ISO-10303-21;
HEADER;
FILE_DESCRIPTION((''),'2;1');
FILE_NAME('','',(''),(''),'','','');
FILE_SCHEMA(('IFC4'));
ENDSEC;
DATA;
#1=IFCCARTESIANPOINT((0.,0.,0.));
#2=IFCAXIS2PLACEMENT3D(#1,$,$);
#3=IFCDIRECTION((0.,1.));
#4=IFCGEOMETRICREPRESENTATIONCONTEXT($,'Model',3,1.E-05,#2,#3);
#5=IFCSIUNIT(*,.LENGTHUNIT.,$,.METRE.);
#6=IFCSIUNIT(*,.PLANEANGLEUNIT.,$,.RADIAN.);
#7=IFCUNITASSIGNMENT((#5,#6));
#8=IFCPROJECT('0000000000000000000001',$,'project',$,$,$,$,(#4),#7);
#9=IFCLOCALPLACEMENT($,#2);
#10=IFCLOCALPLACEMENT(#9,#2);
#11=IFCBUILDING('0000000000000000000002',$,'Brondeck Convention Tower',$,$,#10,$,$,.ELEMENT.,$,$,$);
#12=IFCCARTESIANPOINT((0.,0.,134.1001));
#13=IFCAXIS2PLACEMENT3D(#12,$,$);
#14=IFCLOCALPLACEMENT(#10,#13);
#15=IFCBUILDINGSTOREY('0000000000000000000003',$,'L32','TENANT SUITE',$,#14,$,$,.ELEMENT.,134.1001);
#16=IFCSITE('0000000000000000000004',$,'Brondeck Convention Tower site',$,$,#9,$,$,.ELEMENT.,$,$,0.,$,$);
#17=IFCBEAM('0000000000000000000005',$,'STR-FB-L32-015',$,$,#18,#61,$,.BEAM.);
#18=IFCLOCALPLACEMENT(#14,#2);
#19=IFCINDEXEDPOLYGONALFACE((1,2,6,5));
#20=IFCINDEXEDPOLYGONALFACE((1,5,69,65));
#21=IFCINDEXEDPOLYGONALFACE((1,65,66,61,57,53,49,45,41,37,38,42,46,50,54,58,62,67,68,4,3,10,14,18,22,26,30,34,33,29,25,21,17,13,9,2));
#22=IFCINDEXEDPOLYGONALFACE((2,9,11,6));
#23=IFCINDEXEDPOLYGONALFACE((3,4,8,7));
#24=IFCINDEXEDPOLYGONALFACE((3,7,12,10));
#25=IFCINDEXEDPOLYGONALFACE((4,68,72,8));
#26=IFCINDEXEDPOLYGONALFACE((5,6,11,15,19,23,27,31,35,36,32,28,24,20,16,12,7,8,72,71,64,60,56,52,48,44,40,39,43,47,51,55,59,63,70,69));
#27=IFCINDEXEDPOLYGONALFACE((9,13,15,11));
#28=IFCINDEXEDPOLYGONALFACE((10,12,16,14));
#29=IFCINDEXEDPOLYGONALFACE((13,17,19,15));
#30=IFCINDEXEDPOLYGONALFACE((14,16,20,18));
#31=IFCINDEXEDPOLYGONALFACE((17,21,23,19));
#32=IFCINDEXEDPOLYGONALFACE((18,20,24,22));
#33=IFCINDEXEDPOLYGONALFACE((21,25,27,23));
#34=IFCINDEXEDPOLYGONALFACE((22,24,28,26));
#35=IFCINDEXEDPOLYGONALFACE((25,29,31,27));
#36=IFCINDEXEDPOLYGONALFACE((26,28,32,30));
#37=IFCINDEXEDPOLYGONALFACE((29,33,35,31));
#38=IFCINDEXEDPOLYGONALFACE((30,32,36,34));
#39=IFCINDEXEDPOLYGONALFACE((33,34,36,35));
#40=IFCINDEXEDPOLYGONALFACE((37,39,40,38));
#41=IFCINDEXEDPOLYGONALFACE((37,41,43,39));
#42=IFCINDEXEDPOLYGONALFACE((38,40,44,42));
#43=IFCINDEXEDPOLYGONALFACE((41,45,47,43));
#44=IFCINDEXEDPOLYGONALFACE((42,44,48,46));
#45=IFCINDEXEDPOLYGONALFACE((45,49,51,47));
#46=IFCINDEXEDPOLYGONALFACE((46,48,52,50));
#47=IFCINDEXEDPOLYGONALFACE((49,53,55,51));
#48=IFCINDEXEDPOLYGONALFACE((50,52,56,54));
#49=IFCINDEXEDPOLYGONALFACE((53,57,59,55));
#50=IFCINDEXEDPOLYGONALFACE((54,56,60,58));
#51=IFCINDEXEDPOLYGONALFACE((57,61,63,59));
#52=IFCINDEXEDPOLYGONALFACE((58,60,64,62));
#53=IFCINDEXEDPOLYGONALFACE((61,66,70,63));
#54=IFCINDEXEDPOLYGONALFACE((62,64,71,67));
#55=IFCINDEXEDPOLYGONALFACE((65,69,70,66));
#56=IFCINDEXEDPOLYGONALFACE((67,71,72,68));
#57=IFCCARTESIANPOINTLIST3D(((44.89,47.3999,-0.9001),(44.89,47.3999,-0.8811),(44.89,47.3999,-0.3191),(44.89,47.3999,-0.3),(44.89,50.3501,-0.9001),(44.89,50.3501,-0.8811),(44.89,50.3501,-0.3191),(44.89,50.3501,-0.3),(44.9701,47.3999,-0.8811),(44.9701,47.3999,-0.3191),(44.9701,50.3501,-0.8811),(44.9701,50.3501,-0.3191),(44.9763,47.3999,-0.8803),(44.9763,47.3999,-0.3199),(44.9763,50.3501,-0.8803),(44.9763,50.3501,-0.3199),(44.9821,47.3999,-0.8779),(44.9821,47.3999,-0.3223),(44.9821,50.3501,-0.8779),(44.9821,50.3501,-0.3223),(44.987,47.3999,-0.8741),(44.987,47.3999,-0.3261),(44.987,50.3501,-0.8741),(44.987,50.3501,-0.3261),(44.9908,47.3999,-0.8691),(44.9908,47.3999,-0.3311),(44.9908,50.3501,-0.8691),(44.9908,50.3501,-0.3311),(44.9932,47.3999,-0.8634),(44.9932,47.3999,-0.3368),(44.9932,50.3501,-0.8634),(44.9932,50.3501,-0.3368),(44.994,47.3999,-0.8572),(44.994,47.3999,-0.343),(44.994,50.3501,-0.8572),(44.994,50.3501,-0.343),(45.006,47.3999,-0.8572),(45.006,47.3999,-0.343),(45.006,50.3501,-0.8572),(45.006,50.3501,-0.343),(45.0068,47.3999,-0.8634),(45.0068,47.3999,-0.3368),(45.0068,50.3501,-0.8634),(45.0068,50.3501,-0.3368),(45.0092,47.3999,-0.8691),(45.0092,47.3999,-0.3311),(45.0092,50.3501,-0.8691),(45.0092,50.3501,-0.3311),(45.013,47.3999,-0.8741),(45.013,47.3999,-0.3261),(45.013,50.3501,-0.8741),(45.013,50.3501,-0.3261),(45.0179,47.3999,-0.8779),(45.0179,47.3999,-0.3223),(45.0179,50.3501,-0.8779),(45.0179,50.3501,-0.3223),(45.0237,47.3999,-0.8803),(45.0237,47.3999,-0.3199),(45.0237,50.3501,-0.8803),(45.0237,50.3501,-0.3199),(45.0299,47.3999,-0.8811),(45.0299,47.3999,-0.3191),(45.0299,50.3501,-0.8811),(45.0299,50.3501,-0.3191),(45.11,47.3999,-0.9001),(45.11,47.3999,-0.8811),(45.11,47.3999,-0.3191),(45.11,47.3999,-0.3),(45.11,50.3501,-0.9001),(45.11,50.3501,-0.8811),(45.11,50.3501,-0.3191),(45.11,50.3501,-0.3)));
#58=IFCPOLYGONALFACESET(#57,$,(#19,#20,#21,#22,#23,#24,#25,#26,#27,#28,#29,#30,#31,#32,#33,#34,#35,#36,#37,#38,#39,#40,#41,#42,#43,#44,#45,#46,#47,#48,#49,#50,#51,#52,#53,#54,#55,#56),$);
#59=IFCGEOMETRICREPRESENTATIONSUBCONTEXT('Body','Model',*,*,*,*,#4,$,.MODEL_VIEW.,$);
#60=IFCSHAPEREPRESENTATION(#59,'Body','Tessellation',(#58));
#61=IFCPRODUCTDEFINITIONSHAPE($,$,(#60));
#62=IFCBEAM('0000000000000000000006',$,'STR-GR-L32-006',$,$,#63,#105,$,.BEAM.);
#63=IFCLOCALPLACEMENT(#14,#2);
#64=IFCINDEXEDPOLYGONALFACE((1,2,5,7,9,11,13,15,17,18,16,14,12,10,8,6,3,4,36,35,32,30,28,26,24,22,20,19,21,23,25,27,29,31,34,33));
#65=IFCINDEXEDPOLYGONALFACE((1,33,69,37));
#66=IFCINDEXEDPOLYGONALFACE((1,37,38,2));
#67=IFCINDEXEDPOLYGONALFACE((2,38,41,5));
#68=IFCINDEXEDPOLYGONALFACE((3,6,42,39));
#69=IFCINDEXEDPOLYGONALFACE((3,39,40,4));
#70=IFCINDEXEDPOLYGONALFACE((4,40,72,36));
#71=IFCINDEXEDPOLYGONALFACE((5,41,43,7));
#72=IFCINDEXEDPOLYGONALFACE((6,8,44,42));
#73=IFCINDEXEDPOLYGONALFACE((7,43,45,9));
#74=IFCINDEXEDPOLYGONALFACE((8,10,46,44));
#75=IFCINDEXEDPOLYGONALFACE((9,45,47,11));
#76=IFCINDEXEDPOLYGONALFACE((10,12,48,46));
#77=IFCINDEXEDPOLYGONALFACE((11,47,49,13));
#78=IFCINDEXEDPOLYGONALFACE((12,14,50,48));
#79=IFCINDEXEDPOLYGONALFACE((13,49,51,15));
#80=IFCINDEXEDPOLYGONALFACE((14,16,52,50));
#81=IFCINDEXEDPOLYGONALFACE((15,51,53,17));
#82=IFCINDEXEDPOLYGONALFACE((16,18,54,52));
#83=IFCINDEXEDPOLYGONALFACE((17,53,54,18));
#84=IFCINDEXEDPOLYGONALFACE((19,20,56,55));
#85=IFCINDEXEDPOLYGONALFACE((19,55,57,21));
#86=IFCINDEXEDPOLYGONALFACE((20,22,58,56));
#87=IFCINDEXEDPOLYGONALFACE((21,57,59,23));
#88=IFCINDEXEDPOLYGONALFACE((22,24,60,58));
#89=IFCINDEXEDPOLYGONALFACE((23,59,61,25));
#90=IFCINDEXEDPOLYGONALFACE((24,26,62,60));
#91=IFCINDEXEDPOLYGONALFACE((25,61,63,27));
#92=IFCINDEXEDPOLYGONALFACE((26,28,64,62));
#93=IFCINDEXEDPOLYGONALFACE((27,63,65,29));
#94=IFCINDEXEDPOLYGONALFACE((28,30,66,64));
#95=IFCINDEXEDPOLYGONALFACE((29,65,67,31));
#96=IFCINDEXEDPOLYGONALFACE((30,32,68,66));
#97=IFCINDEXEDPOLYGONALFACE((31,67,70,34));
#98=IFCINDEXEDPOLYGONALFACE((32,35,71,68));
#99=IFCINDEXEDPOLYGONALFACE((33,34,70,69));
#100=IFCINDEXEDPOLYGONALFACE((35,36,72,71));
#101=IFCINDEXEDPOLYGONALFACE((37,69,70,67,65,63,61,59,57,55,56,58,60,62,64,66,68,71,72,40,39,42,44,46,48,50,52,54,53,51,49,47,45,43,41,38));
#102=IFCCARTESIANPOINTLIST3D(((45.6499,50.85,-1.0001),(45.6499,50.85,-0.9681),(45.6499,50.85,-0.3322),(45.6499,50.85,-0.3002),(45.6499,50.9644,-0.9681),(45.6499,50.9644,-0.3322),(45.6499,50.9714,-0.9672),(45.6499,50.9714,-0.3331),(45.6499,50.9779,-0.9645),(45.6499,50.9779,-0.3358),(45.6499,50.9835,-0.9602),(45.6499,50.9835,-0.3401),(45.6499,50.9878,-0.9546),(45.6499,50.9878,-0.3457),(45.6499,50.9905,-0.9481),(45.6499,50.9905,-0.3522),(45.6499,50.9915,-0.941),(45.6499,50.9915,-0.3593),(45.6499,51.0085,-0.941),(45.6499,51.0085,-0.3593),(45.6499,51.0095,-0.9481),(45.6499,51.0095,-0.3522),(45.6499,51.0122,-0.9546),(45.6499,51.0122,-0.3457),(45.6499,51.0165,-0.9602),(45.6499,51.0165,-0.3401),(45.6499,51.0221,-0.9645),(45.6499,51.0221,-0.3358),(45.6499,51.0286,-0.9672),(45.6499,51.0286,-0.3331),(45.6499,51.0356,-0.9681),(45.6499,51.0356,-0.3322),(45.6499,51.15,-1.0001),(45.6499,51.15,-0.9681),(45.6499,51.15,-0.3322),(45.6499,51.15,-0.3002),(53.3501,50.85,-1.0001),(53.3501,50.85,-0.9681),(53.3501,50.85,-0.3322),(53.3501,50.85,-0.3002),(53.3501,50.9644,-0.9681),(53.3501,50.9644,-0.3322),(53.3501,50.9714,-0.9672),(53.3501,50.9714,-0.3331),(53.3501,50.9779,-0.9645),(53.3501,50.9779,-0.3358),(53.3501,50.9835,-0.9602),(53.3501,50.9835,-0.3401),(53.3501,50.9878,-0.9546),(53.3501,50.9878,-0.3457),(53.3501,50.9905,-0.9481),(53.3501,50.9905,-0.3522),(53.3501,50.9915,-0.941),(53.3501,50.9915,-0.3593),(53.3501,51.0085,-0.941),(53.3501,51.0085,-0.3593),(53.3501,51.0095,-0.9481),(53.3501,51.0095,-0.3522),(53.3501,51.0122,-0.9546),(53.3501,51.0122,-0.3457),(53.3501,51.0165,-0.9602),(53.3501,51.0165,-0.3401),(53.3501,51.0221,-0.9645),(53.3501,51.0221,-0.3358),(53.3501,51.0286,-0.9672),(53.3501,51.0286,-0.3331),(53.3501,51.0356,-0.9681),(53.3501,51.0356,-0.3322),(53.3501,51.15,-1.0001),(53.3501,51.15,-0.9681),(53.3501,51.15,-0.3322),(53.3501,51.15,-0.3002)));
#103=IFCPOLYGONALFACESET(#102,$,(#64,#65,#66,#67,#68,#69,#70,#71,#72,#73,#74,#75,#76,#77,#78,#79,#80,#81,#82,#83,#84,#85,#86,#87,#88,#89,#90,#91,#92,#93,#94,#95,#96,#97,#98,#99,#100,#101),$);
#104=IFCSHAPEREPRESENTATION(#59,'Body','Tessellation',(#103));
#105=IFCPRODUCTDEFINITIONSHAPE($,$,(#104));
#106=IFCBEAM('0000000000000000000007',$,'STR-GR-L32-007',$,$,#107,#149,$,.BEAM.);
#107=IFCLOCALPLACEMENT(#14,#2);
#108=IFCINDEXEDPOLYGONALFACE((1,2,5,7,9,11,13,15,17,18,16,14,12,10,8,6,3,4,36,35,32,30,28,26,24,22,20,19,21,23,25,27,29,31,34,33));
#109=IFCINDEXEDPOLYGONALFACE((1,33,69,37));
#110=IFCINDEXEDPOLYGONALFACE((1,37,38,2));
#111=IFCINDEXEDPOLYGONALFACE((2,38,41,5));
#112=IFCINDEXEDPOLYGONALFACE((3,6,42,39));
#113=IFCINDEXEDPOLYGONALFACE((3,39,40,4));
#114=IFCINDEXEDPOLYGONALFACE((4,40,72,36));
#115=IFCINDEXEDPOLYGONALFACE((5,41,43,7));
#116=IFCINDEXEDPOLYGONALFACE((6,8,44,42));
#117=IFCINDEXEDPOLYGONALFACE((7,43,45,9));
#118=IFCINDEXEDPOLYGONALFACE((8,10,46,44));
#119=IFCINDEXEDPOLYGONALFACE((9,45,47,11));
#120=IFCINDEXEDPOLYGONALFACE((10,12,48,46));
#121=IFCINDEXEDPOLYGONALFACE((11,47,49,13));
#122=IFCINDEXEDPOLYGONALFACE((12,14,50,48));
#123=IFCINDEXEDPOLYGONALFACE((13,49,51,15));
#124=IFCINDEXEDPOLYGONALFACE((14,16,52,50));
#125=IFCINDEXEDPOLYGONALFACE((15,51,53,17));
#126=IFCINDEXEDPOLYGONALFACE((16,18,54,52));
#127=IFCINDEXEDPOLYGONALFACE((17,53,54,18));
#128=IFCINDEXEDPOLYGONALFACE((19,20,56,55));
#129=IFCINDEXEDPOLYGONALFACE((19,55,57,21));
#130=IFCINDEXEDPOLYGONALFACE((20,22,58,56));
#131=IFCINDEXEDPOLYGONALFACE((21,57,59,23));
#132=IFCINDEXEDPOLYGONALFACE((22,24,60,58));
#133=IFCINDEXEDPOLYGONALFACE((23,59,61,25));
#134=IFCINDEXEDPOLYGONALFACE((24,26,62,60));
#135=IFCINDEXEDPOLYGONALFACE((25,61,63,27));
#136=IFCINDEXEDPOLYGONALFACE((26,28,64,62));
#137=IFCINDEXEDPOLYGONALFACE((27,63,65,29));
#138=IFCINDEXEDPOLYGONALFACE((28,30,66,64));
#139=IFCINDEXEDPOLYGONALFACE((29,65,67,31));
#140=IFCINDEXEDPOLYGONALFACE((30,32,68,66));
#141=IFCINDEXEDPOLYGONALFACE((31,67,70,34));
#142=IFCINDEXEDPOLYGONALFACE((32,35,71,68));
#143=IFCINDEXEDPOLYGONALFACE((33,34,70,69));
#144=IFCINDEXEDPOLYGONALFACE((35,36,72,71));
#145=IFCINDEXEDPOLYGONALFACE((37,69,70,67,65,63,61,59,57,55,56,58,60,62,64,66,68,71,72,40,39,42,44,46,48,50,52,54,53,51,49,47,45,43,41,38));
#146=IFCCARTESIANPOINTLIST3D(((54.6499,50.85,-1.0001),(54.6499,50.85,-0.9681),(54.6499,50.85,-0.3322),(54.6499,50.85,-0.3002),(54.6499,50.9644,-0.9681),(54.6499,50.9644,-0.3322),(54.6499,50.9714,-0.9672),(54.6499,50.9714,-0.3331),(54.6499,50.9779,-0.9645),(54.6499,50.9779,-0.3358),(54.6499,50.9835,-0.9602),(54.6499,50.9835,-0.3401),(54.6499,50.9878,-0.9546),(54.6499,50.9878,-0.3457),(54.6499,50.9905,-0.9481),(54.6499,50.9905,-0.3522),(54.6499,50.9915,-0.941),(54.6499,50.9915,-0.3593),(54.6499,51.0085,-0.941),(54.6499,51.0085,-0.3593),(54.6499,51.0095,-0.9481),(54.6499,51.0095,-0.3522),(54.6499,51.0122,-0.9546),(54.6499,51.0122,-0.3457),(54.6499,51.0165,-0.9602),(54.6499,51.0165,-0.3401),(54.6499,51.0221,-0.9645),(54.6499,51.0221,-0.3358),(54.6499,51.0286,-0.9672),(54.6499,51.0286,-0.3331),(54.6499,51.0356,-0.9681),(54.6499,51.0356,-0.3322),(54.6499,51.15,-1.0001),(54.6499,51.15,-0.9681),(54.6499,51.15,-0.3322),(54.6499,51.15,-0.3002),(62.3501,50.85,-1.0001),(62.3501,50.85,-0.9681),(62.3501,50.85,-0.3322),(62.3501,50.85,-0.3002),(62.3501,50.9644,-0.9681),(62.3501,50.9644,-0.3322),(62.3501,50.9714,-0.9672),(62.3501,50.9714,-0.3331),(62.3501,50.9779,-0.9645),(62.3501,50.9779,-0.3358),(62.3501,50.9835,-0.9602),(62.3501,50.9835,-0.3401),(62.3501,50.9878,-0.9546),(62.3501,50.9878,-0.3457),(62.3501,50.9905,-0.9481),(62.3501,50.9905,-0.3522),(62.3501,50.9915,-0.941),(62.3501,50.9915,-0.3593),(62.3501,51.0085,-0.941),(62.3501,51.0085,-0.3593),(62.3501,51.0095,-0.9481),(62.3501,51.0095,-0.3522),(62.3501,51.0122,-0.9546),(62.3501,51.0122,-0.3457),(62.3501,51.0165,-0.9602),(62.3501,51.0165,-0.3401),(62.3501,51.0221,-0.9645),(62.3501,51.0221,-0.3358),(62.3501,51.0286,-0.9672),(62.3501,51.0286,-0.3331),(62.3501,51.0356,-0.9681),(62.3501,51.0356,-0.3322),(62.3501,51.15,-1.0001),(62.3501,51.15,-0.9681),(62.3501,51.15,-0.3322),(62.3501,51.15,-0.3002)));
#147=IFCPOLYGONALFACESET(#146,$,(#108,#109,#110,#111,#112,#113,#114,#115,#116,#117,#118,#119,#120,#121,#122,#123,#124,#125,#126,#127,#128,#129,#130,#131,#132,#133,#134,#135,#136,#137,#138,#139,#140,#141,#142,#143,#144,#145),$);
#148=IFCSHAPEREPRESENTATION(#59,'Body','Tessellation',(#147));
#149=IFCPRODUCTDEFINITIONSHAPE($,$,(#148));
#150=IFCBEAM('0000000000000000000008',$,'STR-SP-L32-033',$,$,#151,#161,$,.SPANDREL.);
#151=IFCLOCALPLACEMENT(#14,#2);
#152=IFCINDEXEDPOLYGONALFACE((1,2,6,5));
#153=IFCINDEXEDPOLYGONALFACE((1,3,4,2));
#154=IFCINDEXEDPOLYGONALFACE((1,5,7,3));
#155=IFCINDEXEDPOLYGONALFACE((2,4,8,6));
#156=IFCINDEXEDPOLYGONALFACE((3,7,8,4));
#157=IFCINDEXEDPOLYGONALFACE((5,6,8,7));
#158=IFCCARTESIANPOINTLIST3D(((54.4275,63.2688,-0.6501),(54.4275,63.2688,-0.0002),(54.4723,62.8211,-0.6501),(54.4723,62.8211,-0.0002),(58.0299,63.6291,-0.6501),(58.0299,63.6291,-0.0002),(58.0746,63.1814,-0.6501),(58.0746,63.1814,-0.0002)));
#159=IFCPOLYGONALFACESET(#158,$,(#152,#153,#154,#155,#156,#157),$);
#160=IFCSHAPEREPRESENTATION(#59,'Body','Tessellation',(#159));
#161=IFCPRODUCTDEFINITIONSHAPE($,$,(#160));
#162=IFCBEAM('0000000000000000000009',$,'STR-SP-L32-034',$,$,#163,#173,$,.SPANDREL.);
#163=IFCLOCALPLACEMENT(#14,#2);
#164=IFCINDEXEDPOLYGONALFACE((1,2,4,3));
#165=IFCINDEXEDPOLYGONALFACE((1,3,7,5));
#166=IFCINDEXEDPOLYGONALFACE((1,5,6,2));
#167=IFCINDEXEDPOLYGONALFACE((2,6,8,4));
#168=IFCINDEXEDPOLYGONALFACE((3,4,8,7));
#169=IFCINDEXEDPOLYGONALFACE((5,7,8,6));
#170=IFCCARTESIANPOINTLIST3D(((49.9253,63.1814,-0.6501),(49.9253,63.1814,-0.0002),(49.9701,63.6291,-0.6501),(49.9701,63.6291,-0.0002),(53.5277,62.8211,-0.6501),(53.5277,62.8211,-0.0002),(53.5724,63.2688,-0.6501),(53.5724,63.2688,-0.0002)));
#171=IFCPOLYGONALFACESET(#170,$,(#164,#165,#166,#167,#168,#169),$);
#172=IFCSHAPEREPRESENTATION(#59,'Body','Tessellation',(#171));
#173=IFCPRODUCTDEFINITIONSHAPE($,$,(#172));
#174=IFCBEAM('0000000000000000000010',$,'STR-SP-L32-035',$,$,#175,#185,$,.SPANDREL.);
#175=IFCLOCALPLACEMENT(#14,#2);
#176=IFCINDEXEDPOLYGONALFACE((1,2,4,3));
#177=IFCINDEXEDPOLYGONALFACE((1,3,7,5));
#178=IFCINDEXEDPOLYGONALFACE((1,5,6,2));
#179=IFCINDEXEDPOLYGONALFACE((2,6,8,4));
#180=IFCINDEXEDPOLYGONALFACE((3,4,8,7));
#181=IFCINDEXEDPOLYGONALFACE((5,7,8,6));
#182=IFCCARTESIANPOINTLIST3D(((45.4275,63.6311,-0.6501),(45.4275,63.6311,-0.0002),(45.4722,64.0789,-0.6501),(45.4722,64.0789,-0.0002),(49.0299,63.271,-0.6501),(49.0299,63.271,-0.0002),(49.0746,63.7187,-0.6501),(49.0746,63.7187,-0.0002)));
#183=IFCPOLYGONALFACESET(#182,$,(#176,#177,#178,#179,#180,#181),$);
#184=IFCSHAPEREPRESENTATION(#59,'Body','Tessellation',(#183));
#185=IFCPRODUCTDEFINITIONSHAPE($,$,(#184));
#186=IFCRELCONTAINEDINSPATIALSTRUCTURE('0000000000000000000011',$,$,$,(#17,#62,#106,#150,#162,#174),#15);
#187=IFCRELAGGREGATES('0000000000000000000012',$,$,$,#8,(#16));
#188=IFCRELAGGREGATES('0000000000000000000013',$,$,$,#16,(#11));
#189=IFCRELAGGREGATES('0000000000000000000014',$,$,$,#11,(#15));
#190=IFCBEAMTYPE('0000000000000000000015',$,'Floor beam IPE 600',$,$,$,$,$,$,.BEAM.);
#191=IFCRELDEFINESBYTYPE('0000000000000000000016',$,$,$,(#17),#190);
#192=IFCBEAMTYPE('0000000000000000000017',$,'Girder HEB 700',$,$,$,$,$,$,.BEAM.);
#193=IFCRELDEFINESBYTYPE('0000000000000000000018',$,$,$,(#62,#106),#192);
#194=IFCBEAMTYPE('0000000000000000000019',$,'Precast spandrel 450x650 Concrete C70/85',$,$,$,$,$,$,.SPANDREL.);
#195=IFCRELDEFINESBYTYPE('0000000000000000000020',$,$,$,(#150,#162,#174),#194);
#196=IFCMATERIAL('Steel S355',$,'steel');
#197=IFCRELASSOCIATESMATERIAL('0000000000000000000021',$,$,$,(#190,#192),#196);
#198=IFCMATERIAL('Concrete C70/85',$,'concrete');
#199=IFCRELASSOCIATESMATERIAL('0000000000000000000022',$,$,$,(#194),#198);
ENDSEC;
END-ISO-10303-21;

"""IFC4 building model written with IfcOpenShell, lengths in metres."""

from ifc_helpers import new_model, si_unit, direction, frame, origin, origin_2d, place, context, subcontext, project, spatial, rectangle, i_section, extrude, material, material_profile, profile_set, type_object, element, save


model = new_model("IFC4")

# Units and contexts
model_context = context("Model", 3, precision=1e-05, world=origin(), true_north=direction((0.0, 1.0)))
body_context = subcontext(model_context, "Body", "Model", "MODEL_VIEW")
ifc_project = project(units=[si_unit("LENGTHUNIT", "METRE"), si_unit("PLANEANGLEUNIT", "RADIAN")], contexts=[model_context])

# Site, building, storey
site_placement = place(None, origin())
site = spatial("IfcSite", under=ifc_project, at=site_placement, Name="Brondeck Convention Tower site", CompositionType="ELEMENT", RefElevation=0.0)
building_placement = place(site_placement, origin())
building = spatial("IfcBuilding", under=site, at=building_placement, Name="Brondeck Convention Tower", CompositionType="ELEMENT")
storey_placement = place(building_placement, frame((0.0, 0.0, 134.1001)))
storey = spatial("IfcBuildingStorey", under=building, at=storey_placement, Name="L32", Description="TENANT SUITE", CompositionType="ELEMENT", Elevation=134.1001)

# Shared definitions
ifc_material_1 = material(Name="Concrete C70/85", Category="concrete")

# Beams
ifc_material_2 = material(Name="Steel S355", Category="steel")
ifc_material_profile_1 = material_profile(ifc_material_2, i_section(OverallWidth=0.22, OverallDepth=0.6001, WebThickness=0.012, FlangeThickness=0.019, FilletRadius=0.0239, at=origin_2d()), Name="IPE 600")
ifc_profile_set_1 = profile_set([ifc_material_profile_1], Name="Steel S355")
beam_type_1 = type_object("IfcBeamType", Name="Floor beam IPE 600", PredefinedType="BEAM", material=ifc_profile_set_1)
beam_1_placement = place(storey_placement, frame((45.0, 47.3999, -0.6001), z_axis=(0.0, 1.0, 0.0), x_axis=(-1.0, 0.0, 0.0)))
element("IfcBeam", 1, at=beam_1_placement, inside=storey, type_object=beam_type_1, Name="STR-FB-L32-015", PredefinedType="BEAM", context=body_context, shape_type="SweptSolid", body=[
    extrude(i_section(OverallWidth=0.22, OverallDepth=0.6001, WebThickness=0.012, FlangeThickness=0.019, FilletRadius=0.0239, at=origin_2d()), origin(), (0.0, 0.0, 1.0), 2.9502),
])
ifc_material_profile_2 = material_profile(ifc_material_2, i_section(OverallWidth=0.3, OverallDepth=0.7, WebThickness=0.0171, FlangeThickness=0.032, FilletRadius=0.0271, at=origin_2d()), Name="HEB 700")
ifc_profile_set_2 = profile_set([ifc_material_profile_2], Name="Steel S355")
beam_type_2 = type_object("IfcBeamType", Name="Girder HEB 700", PredefinedType="BEAM", material=ifc_profile_set_2)
for number, where, z_axis, x_axis, name in (
    (2, (45.6499, 51.0, -0.6501), (1.0, 0.0, 0.0), (0.0, 1.0, 0.0), "STR-GR-L32-006"),
    (3, (54.6499, 51.0, -0.6501), (1.0, 0.0, 0.0), (0.0, 1.0, 0.0), "STR-GR-L32-007"),
):
    element("IfcBeam", number, at=place(storey_placement, frame(where, z_axis=z_axis, x_axis=x_axis)), inside=storey, type_object=beam_type_2, Name=name, PredefinedType="BEAM", context=body_context, shape_type="SweptSolid", body=[
        extrude(i_section(OverallWidth=0.3, OverallDepth=0.7, WebThickness=0.0171, FlangeThickness=0.032, FilletRadius=0.0271, at=origin_2d()), origin(), (0.0, 0.0, 1.0), 7.7002),
    ])
ifc_material_profile_3 = material_profile(ifc_material_1, rectangle(XDim=0.45, YDim=0.6499, at=origin_2d()), Name="Precast spandrel 450x650 Concrete C70/85")
ifc_profile_set_3 = profile_set([ifc_material_profile_3], Name="Concrete C70/85")
beam_type_3 = type_object("IfcBeamType", Name="Precast spandrel 450x650 Concrete C70/85", PredefinedType="SPANDREL", material=ifc_profile_set_3)
for number, where, z_axis, x_axis, name in (
    (4, (58.0522, 63.4053, -0.3252), (-0.995034, -0.099537, 0.0), (0.099537, -0.995034, 0.0), "STR-SP-L32-033"),
    (5, (53.55, 63.0449, -0.3252), (-0.995034, 0.099537, 0.0), (-0.099537, -0.995034, 0.0), "STR-SP-L32-034"),
    (6, (49.0522, 63.4949, -0.3252), (-0.995041, 0.09947, 0.0), (-0.09947, -0.995041, 0.0), "STR-SP-L32-035"),
):
    element("IfcBeam", number, at=place(storey_placement, frame(where, z_axis=z_axis, x_axis=x_axis)), inside=storey, type_object=beam_type_3, Name=name, PredefinedType="SPANDREL", context=body_context, shape_type="SweptSolid", body=[
        extrude(rectangle(XDim=0.45, YDim=0.6499, at=origin_2d()), origin(), (0.0, 0.0, 1.0), 3.6204),
    ])

save(model, "model.ifc")
